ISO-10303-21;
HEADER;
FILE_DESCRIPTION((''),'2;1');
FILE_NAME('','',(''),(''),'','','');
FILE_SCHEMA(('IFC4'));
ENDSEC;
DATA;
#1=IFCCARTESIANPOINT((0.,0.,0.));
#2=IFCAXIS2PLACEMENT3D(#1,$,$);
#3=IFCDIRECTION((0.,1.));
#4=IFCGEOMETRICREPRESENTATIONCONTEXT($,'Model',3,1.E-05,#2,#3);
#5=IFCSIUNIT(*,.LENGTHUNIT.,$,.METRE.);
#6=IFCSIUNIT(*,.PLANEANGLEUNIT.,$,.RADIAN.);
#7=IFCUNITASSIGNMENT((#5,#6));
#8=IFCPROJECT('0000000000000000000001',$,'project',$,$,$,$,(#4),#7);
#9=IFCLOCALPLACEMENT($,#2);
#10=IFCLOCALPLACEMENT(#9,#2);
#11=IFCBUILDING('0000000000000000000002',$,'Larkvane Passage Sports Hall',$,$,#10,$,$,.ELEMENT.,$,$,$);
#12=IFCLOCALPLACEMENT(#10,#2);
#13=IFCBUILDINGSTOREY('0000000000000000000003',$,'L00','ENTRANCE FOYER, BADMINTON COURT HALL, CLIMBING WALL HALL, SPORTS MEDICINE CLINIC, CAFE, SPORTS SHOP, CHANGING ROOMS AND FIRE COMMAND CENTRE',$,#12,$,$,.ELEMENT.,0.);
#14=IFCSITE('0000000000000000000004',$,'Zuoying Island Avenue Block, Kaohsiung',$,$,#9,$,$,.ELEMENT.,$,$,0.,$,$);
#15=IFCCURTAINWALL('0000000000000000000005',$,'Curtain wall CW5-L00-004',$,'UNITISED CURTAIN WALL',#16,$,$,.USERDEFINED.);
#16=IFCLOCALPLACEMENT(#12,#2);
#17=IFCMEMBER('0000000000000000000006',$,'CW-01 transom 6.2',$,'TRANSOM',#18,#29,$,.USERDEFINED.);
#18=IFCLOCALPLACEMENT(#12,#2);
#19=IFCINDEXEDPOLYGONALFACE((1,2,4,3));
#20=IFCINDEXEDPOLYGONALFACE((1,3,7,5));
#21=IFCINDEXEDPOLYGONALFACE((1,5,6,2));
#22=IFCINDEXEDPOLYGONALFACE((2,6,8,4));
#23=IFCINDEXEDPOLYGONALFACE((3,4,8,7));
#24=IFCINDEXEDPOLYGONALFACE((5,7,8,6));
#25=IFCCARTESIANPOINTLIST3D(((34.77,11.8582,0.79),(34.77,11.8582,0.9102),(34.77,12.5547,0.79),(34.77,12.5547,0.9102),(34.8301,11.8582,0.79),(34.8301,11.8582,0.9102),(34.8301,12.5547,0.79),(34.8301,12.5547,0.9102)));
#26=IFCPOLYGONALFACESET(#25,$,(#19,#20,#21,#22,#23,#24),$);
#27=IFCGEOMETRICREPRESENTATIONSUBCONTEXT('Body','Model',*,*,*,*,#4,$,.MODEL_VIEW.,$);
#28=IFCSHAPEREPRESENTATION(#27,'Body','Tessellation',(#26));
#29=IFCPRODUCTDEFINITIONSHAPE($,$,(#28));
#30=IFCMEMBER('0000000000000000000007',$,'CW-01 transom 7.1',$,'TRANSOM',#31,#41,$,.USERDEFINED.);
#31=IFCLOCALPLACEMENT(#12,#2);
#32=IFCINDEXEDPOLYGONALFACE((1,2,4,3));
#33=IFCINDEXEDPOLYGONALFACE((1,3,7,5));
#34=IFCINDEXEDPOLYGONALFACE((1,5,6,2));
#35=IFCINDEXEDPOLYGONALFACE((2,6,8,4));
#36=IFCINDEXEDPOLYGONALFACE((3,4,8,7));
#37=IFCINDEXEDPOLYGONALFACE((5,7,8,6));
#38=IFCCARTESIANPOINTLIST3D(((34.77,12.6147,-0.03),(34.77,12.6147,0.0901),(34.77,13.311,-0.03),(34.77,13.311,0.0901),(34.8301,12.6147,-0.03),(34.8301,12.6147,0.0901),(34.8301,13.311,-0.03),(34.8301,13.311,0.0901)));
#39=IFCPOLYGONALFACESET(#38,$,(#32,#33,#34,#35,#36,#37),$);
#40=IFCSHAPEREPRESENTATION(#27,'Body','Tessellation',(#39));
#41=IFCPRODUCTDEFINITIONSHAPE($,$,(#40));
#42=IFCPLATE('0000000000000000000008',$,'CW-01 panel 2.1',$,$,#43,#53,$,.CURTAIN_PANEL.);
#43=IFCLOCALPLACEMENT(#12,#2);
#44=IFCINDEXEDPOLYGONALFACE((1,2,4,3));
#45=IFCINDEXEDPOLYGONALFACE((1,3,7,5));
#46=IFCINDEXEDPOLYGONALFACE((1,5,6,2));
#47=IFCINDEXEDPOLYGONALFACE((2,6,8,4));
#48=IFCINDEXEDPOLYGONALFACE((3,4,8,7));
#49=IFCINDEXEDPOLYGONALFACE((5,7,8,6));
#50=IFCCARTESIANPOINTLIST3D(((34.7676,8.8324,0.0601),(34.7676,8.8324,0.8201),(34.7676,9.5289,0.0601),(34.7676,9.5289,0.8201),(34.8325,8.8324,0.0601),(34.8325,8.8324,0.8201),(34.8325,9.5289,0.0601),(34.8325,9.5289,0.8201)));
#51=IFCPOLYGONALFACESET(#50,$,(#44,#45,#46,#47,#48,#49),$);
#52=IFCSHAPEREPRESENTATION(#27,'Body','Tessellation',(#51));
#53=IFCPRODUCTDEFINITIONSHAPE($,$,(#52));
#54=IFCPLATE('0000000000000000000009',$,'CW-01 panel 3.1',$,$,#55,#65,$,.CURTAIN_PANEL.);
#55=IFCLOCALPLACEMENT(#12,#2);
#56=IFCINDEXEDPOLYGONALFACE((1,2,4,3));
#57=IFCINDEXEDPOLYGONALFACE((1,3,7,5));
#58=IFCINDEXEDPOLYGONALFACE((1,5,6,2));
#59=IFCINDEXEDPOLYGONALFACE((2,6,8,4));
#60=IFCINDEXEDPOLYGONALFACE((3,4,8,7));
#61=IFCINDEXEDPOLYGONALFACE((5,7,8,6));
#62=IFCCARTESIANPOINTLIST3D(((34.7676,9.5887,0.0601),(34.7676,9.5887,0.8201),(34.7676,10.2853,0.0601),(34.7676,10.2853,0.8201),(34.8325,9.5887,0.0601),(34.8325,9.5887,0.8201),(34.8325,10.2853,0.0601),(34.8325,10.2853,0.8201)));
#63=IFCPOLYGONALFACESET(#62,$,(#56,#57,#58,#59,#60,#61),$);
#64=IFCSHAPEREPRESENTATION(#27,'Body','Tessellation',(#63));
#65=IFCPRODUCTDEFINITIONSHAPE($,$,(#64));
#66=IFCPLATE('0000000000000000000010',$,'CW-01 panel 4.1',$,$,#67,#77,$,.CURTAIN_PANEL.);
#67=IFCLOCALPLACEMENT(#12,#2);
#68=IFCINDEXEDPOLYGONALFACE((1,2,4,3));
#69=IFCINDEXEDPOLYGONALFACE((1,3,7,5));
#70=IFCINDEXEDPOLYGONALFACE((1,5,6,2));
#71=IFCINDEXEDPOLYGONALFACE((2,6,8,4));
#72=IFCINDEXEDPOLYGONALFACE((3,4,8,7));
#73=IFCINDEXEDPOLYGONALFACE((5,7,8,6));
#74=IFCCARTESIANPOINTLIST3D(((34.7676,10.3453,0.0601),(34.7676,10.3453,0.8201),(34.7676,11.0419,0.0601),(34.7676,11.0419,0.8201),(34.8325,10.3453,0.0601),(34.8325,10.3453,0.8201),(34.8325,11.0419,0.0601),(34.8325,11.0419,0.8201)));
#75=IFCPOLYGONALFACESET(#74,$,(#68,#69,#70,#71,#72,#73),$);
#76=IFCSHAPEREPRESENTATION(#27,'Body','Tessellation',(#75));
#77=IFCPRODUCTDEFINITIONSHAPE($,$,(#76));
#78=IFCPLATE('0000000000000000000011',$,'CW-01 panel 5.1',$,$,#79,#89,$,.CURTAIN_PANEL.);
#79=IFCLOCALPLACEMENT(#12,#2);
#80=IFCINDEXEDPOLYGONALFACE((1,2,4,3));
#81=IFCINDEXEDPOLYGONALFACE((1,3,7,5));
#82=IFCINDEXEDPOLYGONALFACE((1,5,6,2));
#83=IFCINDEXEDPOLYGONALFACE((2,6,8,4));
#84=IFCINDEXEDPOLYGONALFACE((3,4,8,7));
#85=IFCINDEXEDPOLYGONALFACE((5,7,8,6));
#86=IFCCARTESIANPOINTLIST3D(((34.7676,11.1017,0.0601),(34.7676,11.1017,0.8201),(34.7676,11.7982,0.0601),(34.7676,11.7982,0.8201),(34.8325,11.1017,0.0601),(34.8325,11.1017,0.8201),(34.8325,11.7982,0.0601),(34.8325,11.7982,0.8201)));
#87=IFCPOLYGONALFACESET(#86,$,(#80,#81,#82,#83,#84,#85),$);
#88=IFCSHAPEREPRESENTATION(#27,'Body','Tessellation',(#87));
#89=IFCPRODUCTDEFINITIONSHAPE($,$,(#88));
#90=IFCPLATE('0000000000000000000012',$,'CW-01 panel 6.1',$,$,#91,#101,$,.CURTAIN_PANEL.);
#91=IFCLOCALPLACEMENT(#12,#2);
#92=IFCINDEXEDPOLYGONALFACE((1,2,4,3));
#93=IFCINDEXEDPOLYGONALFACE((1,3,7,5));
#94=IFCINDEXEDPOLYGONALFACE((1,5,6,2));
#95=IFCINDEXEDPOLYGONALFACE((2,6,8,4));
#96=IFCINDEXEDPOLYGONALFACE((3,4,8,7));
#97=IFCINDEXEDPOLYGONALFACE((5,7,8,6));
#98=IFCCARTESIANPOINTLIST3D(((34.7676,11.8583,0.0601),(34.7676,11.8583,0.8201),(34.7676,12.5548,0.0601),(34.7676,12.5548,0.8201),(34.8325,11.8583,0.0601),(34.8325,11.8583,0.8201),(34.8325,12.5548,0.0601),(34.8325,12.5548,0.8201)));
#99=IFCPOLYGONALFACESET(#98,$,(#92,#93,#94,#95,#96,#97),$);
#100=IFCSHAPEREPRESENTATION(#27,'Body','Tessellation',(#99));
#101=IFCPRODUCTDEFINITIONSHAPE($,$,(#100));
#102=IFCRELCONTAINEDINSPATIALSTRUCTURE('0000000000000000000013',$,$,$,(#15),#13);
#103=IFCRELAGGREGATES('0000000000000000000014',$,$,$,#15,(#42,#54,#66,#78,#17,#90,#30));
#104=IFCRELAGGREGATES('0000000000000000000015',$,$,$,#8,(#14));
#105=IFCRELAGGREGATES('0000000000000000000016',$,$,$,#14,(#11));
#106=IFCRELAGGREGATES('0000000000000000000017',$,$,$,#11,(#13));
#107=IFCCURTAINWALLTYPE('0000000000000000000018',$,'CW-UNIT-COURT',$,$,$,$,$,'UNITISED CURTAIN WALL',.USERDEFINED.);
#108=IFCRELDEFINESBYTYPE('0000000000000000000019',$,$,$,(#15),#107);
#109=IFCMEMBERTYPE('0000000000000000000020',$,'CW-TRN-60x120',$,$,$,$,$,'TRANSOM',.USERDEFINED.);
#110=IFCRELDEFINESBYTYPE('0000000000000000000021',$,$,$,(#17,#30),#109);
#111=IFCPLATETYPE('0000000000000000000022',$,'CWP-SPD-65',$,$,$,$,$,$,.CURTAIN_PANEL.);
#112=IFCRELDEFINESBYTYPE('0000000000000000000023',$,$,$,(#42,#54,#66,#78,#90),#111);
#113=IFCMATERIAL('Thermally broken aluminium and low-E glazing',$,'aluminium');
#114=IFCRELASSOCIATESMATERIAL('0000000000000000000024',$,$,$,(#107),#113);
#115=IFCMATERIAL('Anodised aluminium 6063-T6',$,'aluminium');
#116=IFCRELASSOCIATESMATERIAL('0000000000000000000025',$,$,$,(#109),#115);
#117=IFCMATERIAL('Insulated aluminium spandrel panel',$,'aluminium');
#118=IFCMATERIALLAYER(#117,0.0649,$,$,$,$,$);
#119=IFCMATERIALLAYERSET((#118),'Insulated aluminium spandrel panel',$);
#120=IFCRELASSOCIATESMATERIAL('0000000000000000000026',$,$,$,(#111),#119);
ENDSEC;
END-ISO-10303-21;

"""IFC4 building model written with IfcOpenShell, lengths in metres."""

from ifc_helpers import new_model, si_unit, direction, frame, origin, origin_2d, place, context, subcontext, project, spatial, rectangle, extrude, material, layer, layer_set, material_profile, profile_set, type_object, element, aggregate, save


model = new_model("IFC4")

# Units and contexts
model_context = context("Model", 3, precision=1e-05, world=origin(), true_north=direction((0.0, 1.0)))
body_context = subcontext(model_context, "Body", "Model", "MODEL_VIEW")
ifc_project = project(units=[si_unit("LENGTHUNIT", "METRE"), si_unit("PLANEANGLEUNIT", "RADIAN")], contexts=[model_context])

# Site, building, storey
site_placement = place(None, origin())
site = spatial("IfcSite", under=ifc_project, at=site_placement, Name="Zuoying Island Avenue Block, Kaohsiung", CompositionType="ELEMENT", RefElevation=0.0)
building_placement = place(site_placement, origin())
building = spatial("IfcBuilding", under=site, at=building_placement, Name="Larkvane Passage Sports Hall", CompositionType="ELEMENT")
storey_placement = place(building_placement, origin())
storey = spatial("IfcBuildingStorey", under=building, at=storey_placement, Name="L00", Description="ENTRANCE FOYER, BADMINTON COURT HALL, CLIMBING WALL HALL, SPORTS MEDICINE CLINIC, CAFE, SPORTS SHOP, CHANGING ROOMS AND FIRE COMMAND CENTRE", CompositionType="ELEMENT", Elevation=0.0)

# Curtain wall, members, plates
ifc_material_1 = material(Name="Thermally broken aluminium and low-E glazing", Category="aluminium")
curtain_wall_type = type_object("IfcCurtainWallType", Name="CW-UNIT-COURT", ElementType="UNITISED CURTAIN WALL", PredefinedType="USERDEFINED", material=ifc_material_1)
curtain_wall_placement = place(storey_placement, origin())
curtain_wall = element("IfcCurtainWall", 1, at=curtain_wall_placement, inside=storey, type_object=curtain_wall_type, Name="Curtain wall CW5-L00-004", ObjectType="UNITISED CURTAIN WALL", PredefinedType="USERDEFINED")
ifc_material_2 = material(Name="Anodised aluminium 6063-T6", Category="aluminium")
ifc_material_profile_1 = material_profile(ifc_material_2, rectangle(XDim=0.0601, YDim=0.1201, at=origin_2d()), Name="ALU-TRN-60x120")
ifc_profile_set_1 = profile_set([ifc_material_profile_1], Name="Anodised aluminium 6063-T6")
member_type_1 = type_object("IfcMemberType", Name="CW-TRN-60x120", ElementType="TRANSOM", PredefinedType="USERDEFINED", material=ifc_profile_set_1)
member_1_placement = place(storey_placement, frame((34.8, 11.8582, 0.8501), z_axis=(0.0, 1.0, 0.0), x_axis=(-1.0, 0.0, 0.0)))
member_1 = element("IfcMember", 2, at=member_1_placement, type_object=member_type_1, Name="CW-01 transom 6.2", ObjectType="TRANSOM", PredefinedType="USERDEFINED", context=body_context, shape_type="SweptSolid", body=[
    extrude(rectangle(XDim=0.0601, YDim=0.1201, at=origin_2d()), origin(), (0.0, 0.0, 1.0), 0.6965),
])
member_2_placement = place(storey_placement, frame((34.8, 12.6147, 0.03), z_axis=(0.0, 1.0, 0.0), x_axis=(-1.0, 0.0, 0.0)))
member_2 = element("IfcMember", 3, at=member_2_placement, type_object=member_type_1, Name="CW-01 transom 7.1", ObjectType="TRANSOM", PredefinedType="USERDEFINED", context=body_context, shape_type="SweptSolid", body=[
    extrude(rectangle(XDim=0.0601, YDim=0.1201, at=origin_2d()), origin(), (0.0, 0.0, 1.0), 0.6963),
])
ifc_material_3 = material(Name="Insulated aluminium spandrel panel", Category="aluminium")
ifc_layer = layer(ifc_material_3, 0.0649)
ifc_layer_set = layer_set([ifc_layer], Name="Insulated aluminium spandrel panel")
plate_type = type_object("IfcPlateType", Name="CWP-SPD-65", PredefinedType="CURTAIN_PANEL", material=ifc_layer_set)
plate_1_placement = place(storey_placement, frame((34.8, 9.1807, 0.0601), z_axis=(0.0, 0.0, 1.0), x_axis=(0.0, 1.0, 0.0)))
plate_1 = element("IfcPlate", 4, at=plate_1_placement, type_object=plate_type, Name="CW-01 panel 2.1", PredefinedType="CURTAIN_PANEL", context=body_context, shape_type="SweptSolid", body=[
    extrude(rectangle(XDim=0.6965, YDim=0.0649, at=origin_2d()), origin(), (0.0, 0.0, 1.0), 0.76),
])
plate_2_placement = place(storey_placement, frame((34.8, 9.937, 0.0601), z_axis=(0.0, 0.0, 1.0), x_axis=(0.0, 1.0, 0.0)))
plate_2 = element("IfcPlate", 5, at=plate_2_placement, type_object=plate_type, Name="CW-01 panel 3.1", PredefinedType="CURTAIN_PANEL", context=body_context, shape_type="SweptSolid", body=[
    extrude(rectangle(XDim=0.6965, YDim=0.0649, at=origin_2d()), origin(), (0.0, 0.0, 1.0), 0.76),
])
plate_3_placement = place(storey_placement, frame((34.8, 10.6936, 0.0601), z_axis=(0.0, 0.0, 1.0), x_axis=(0.0, 1.0, 0.0)))
plate_3 = element("IfcPlate", 6, at=plate_3_placement, type_object=plate_type, Name="CW-01 panel 4.1", PredefinedType="CURTAIN_PANEL", context=body_context, shape_type="SweptSolid", body=[
    extrude(rectangle(XDim=0.6965, YDim=0.0649, at=origin_2d()), origin(), (0.0, 0.0, 1.0), 0.76),
])
plate_4_placement = place(storey_placement, frame((34.8, 11.45, 0.0601), z_axis=(0.0, 0.0, 1.0), x_axis=(0.0, 1.0, 0.0)))
plate_4 = element("IfcPlate", 7, at=plate_4_placement, type_object=plate_type, Name="CW-01 panel 5.1", PredefinedType="CURTAIN_PANEL", context=body_context, shape_type="SweptSolid", body=[
    extrude(rectangle(XDim=0.6965, YDim=0.0649, at=origin_2d()), origin(), (0.0, 0.0, 1.0), 0.76),
])
plate_5_placement = place(storey_placement, frame((34.8, 12.2065, 0.0601), z_axis=(0.0, 0.0, 1.0), x_axis=(0.0, 1.0, 0.0)))
plate_5 = element("IfcPlate", 8, at=plate_5_placement, type_object=plate_type, Name="CW-01 panel 6.1", PredefinedType="CURTAIN_PANEL", context=body_context, shape_type="SweptSolid", body=[
    extrude(rectangle(XDim=0.6965, YDim=0.0649, at=origin_2d()), origin(), (0.0, 0.0, 1.0), 0.76),
])
aggregate(curtain_wall, [plate_1, plate_2, plate_3, plate_4, member_1, plate_5, member_2])

save(model, "model.ifc")
